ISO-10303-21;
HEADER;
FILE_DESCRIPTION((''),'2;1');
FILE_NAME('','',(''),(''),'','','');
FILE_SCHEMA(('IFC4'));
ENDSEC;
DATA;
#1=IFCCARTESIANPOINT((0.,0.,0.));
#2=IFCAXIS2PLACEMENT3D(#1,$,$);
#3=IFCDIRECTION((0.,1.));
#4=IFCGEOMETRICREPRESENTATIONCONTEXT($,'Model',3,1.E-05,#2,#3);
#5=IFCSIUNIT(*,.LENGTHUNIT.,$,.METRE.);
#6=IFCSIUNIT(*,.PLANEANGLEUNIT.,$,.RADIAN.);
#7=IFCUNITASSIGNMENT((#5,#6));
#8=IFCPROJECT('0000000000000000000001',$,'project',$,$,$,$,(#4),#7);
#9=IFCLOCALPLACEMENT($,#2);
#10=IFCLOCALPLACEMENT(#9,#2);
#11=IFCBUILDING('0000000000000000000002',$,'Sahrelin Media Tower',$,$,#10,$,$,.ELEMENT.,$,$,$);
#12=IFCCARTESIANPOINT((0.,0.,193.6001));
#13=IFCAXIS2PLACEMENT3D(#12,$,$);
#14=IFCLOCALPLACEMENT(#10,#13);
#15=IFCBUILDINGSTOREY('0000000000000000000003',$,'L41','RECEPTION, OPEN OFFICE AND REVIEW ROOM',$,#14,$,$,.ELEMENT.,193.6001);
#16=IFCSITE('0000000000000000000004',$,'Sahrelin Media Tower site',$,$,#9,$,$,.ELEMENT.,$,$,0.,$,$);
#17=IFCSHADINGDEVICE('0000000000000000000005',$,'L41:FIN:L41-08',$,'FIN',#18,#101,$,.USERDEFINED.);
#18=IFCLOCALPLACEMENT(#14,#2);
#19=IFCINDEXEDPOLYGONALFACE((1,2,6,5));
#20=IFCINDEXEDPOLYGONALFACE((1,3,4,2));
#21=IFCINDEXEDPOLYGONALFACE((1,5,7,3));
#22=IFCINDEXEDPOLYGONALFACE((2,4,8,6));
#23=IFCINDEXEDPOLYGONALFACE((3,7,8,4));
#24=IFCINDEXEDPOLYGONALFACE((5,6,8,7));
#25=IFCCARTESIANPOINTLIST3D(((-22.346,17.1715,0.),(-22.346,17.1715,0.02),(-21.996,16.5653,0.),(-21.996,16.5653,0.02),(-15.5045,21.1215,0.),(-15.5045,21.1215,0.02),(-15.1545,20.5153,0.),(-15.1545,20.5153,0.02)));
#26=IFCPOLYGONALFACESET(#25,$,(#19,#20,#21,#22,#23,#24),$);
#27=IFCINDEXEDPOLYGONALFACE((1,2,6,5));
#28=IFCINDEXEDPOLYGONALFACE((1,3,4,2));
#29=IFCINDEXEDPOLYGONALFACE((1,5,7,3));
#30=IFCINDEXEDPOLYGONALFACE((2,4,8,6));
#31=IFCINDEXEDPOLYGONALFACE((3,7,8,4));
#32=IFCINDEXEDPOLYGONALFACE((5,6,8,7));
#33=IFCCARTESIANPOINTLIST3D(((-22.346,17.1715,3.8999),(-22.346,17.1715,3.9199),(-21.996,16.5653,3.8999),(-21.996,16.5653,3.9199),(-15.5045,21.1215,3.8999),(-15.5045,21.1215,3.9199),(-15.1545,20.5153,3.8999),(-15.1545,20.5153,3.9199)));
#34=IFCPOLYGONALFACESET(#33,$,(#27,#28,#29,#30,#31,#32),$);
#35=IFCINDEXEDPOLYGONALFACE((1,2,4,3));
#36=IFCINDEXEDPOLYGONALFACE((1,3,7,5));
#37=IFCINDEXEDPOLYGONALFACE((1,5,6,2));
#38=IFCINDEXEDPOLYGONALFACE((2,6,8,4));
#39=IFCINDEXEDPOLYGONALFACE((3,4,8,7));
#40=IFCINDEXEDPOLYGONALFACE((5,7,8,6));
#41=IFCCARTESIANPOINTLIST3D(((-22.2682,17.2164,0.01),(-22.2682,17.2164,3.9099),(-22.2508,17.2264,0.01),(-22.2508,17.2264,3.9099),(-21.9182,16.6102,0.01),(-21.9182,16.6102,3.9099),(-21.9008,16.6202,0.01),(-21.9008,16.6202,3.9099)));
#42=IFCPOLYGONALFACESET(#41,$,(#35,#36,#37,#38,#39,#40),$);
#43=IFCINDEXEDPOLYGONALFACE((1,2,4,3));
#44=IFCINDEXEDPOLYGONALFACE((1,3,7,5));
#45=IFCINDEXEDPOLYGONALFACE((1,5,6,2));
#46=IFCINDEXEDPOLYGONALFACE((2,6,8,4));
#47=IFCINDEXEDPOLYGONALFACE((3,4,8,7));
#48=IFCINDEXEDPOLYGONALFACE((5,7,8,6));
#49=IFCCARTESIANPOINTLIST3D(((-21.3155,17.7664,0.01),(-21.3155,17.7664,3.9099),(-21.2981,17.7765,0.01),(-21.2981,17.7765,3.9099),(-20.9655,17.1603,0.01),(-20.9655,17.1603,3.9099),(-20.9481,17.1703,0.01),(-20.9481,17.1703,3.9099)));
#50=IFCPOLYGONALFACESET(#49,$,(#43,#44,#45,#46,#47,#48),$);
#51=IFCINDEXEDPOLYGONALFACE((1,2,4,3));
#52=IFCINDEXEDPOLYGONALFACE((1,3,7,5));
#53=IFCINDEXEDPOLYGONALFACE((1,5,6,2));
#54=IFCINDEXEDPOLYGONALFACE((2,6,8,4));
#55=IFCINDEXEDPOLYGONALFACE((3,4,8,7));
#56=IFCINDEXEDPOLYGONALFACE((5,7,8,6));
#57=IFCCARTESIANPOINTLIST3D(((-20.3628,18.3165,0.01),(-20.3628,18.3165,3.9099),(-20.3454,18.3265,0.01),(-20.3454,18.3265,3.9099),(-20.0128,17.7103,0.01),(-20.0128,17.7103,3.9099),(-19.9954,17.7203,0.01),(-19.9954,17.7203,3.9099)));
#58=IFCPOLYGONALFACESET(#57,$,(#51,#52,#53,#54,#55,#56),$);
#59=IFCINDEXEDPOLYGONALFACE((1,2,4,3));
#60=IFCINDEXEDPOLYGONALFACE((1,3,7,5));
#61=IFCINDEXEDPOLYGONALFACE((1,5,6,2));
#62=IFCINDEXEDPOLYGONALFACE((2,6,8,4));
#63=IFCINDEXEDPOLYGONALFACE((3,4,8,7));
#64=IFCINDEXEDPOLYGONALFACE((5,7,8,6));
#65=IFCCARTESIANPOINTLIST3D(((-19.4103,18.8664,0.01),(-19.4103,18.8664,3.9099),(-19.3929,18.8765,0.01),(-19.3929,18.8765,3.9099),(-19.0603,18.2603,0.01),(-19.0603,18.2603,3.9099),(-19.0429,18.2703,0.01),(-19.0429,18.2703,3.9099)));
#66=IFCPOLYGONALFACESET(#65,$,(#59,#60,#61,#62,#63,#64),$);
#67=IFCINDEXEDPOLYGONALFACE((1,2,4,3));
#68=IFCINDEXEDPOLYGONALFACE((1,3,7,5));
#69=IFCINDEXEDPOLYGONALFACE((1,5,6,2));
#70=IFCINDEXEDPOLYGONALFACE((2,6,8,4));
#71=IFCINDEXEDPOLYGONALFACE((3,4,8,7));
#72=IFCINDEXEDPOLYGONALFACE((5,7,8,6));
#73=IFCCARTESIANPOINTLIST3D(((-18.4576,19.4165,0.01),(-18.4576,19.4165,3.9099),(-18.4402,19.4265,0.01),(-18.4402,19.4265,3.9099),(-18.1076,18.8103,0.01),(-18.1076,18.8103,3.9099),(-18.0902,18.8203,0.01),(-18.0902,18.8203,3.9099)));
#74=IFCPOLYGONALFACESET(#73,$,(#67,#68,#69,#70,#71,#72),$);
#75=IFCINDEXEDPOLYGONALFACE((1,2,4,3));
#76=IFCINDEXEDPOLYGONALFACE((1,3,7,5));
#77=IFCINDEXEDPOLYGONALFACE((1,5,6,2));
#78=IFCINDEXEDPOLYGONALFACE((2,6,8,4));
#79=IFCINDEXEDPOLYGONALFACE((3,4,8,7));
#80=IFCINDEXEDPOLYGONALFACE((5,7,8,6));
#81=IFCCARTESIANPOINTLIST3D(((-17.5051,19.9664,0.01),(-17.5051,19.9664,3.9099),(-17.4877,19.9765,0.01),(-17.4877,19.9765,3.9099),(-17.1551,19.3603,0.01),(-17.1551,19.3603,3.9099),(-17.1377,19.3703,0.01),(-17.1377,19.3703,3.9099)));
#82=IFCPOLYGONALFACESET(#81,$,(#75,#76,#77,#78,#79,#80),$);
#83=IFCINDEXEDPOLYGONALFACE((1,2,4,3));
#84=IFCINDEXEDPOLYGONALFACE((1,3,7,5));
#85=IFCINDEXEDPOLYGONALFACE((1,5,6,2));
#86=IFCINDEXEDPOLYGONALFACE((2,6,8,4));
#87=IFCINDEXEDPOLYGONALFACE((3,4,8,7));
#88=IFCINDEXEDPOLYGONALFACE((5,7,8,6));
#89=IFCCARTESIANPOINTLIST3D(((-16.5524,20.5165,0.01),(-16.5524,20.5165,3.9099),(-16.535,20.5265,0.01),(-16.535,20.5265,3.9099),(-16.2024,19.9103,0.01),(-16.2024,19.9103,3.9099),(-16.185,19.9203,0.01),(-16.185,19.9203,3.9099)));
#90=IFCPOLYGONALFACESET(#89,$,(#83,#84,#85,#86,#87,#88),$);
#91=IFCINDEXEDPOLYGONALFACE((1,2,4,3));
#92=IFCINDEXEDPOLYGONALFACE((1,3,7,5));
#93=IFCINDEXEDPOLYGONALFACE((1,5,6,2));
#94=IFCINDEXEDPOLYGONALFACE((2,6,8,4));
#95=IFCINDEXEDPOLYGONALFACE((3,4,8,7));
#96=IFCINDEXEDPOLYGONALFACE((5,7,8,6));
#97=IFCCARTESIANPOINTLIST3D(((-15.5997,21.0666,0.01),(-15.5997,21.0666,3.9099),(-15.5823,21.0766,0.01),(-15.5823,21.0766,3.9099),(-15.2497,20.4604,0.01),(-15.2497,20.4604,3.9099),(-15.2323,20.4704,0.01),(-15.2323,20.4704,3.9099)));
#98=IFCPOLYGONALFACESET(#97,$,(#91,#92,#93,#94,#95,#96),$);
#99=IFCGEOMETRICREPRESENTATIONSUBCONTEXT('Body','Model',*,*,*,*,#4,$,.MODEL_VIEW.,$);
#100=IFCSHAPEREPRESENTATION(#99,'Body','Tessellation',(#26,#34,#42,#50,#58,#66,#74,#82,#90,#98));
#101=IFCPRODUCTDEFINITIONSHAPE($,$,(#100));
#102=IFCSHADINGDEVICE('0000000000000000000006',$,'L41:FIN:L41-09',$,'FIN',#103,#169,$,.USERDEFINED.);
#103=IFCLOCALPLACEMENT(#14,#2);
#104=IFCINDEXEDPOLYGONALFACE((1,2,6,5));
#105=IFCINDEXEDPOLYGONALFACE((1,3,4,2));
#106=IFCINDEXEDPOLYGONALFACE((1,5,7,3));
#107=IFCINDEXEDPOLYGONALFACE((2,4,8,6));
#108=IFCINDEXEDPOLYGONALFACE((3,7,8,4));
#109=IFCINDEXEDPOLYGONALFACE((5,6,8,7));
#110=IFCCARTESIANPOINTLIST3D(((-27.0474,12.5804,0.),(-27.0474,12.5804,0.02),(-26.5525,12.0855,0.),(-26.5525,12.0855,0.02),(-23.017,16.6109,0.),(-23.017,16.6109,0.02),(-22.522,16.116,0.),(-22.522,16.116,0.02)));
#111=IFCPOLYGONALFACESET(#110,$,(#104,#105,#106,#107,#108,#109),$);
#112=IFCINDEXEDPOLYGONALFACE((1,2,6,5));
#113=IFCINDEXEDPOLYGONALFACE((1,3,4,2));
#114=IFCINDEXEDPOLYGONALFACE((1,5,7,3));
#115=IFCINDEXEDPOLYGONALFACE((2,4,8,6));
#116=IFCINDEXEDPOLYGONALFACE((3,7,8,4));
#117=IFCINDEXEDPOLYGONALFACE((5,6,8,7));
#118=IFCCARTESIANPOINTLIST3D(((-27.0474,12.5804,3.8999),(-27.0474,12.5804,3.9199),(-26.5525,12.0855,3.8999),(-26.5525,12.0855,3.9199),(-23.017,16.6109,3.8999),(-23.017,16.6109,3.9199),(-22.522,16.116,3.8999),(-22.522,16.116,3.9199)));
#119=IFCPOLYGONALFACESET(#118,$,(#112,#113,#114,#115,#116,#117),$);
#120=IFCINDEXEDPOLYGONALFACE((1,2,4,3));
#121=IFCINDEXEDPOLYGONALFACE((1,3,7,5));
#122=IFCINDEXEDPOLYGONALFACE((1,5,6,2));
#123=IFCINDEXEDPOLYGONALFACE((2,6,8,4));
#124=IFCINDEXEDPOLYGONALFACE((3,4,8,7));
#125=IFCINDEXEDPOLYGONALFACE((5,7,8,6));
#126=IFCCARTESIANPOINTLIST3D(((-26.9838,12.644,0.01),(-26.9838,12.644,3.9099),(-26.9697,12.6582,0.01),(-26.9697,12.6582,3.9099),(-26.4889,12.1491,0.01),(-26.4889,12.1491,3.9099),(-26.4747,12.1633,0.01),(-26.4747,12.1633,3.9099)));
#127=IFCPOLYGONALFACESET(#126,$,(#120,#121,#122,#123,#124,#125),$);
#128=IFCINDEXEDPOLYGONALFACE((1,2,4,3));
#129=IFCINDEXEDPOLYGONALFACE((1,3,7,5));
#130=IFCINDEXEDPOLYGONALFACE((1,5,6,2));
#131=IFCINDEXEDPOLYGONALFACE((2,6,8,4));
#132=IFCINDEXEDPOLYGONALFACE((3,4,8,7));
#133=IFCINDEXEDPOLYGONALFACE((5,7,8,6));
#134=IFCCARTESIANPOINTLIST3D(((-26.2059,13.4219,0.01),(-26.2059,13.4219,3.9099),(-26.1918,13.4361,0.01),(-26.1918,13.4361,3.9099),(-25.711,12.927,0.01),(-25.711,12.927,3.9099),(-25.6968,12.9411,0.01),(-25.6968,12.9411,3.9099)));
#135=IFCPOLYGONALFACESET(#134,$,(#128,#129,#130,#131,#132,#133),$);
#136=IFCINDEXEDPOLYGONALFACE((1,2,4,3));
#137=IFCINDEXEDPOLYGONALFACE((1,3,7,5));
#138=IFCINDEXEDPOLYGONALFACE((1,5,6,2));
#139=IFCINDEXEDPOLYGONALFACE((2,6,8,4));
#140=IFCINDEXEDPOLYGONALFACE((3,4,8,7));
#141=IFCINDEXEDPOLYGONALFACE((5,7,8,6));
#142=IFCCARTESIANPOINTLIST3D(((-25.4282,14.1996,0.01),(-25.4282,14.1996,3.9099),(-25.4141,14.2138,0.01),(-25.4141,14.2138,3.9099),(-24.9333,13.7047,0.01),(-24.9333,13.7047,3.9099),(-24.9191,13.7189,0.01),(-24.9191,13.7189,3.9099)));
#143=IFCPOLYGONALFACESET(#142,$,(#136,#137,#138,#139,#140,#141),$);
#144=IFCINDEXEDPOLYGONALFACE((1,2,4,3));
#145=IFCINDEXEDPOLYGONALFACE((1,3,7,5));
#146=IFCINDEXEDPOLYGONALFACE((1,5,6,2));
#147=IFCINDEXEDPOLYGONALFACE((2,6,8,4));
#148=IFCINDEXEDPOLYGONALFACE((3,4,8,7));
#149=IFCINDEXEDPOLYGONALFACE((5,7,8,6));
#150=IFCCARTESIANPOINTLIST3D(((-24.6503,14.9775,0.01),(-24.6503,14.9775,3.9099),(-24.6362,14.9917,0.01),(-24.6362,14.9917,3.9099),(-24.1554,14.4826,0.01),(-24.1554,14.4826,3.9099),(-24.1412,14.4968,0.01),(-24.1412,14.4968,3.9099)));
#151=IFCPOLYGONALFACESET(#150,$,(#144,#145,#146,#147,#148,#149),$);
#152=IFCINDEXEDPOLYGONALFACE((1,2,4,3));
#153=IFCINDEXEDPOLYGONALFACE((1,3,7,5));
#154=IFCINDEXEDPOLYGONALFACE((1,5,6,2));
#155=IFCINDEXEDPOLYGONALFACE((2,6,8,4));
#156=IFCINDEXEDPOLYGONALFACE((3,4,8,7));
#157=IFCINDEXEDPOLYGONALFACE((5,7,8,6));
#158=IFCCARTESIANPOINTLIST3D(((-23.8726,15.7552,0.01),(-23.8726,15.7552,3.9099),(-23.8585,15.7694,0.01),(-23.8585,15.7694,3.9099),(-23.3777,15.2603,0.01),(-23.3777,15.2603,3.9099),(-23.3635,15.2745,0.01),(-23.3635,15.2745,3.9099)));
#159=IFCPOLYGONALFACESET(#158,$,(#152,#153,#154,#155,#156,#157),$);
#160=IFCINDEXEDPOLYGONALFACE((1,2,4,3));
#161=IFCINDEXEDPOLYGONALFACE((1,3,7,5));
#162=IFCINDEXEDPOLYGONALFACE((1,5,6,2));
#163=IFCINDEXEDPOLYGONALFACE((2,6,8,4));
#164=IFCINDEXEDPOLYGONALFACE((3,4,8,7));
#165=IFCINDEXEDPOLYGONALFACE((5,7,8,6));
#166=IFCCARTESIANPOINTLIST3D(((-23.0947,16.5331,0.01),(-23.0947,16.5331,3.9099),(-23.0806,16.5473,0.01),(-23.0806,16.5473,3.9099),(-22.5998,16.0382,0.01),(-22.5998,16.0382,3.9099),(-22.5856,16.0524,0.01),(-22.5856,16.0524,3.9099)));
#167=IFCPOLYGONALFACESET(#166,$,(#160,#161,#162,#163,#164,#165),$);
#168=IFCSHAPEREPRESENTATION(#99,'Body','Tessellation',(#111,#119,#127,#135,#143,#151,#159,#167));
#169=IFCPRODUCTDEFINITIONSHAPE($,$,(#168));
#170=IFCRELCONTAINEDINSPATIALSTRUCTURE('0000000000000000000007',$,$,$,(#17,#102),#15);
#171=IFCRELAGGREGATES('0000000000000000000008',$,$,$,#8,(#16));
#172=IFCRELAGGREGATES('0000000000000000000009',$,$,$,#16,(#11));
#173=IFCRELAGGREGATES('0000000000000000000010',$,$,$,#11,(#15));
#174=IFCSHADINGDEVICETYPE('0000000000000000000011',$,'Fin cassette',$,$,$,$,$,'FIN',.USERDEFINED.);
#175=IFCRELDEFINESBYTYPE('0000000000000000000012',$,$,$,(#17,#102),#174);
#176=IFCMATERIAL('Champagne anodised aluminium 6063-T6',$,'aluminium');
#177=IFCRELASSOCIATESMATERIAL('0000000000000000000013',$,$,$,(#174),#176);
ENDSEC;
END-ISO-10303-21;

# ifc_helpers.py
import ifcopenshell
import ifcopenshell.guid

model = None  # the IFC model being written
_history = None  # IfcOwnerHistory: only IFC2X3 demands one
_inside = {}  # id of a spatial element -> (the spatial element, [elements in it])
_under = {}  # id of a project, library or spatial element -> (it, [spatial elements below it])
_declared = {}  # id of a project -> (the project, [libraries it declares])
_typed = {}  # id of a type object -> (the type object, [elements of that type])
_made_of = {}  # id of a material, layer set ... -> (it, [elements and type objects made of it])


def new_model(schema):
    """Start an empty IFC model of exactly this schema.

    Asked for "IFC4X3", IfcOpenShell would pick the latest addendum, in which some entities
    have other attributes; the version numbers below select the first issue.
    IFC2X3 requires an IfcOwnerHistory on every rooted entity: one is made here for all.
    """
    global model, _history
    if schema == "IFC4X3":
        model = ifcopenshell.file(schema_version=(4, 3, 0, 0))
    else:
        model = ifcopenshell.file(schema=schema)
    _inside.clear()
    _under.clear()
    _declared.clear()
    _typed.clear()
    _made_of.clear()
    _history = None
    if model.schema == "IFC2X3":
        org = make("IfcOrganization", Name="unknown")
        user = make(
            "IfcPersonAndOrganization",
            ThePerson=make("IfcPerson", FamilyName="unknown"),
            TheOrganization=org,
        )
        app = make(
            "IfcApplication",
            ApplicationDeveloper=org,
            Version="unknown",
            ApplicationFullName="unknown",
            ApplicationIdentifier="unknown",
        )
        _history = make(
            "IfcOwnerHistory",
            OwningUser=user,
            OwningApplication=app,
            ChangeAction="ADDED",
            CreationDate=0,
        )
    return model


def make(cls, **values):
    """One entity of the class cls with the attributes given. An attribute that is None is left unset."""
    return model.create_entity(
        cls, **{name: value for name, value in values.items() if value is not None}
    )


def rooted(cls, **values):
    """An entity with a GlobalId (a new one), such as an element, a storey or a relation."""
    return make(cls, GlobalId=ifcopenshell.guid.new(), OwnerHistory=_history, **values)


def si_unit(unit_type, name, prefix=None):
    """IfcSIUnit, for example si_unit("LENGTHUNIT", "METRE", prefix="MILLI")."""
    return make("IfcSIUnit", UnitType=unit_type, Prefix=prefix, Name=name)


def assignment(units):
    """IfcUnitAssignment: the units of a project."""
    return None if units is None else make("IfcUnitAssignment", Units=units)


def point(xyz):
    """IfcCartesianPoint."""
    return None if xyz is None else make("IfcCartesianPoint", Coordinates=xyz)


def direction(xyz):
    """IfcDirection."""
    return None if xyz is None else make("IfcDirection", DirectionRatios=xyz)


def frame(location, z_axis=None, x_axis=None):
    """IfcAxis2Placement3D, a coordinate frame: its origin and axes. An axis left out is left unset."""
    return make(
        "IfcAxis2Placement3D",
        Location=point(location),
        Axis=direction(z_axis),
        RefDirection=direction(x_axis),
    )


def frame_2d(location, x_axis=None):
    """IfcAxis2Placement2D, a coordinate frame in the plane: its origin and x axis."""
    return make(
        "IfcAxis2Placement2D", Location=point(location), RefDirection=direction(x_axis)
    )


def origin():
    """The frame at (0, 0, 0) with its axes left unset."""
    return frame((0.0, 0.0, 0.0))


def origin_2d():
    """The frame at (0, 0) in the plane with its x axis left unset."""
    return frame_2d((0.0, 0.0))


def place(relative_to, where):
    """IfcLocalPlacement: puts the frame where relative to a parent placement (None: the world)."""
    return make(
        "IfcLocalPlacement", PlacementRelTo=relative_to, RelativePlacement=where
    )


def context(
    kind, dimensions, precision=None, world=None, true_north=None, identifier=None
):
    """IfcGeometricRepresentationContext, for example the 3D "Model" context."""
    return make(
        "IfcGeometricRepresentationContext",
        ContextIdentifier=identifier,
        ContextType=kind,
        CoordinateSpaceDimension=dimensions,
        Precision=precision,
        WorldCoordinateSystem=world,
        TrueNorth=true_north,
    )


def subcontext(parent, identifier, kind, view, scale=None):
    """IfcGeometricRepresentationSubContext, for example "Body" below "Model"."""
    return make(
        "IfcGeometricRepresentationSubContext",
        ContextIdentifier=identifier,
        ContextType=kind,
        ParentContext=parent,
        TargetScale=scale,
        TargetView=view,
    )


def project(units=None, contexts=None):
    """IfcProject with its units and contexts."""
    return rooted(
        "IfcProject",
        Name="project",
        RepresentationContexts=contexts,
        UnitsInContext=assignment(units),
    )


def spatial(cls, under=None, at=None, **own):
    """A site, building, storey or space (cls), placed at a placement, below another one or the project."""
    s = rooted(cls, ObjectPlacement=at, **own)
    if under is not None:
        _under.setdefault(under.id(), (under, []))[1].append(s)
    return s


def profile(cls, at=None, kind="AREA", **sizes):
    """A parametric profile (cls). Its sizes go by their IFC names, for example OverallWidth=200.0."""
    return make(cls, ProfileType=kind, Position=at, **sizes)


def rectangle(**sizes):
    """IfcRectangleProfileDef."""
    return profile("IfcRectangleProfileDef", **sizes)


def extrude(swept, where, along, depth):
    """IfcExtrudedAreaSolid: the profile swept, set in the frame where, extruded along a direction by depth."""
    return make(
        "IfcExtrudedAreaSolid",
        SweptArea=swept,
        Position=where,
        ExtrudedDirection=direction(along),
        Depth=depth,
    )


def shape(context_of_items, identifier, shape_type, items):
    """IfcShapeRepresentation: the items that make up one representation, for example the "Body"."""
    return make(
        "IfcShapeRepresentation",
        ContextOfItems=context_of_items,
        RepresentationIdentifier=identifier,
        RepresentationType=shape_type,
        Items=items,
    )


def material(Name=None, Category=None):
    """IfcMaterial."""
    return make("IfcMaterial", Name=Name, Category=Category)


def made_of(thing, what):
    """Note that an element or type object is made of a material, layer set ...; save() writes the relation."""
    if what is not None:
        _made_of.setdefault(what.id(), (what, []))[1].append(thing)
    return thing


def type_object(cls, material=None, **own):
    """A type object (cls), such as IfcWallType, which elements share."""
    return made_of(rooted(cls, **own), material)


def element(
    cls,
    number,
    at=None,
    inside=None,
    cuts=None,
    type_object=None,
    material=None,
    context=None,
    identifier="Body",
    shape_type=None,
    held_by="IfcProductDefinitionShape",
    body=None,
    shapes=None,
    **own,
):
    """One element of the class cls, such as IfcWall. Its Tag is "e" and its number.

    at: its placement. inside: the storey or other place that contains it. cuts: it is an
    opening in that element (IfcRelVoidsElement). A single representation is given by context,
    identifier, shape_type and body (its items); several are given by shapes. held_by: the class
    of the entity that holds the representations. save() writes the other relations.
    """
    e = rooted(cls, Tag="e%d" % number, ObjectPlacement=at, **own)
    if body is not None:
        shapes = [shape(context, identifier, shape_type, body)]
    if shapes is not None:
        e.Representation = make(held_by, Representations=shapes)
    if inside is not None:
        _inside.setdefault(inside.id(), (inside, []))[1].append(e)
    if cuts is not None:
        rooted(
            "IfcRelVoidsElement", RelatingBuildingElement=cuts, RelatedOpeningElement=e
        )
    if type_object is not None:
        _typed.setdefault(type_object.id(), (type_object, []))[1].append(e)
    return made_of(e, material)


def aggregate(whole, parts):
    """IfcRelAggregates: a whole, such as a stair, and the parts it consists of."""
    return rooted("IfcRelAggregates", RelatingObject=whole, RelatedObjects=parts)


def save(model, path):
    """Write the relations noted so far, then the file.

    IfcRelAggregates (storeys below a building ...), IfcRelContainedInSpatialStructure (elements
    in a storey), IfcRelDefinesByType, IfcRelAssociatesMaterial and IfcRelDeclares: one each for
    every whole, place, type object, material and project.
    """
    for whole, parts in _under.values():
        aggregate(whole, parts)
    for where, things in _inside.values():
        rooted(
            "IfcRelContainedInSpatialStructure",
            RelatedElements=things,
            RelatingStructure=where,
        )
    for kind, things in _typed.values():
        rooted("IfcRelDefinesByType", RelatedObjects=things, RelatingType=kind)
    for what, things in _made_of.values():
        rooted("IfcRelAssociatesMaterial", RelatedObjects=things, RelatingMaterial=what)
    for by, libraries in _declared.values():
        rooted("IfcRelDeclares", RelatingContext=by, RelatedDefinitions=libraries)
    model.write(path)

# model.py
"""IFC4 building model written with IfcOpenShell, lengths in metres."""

from ifc_helpers import new_model, si_unit, direction, frame, origin, origin_2d, place, context, subcontext, project, spatial, rectangle, extrude, material, type_object, element, save


model = new_model("IFC4")

# Units and contexts
model_context = context("Model", 3, precision=1e-05, world=origin(), true_north=direction((0.0, 1.0)))
body_context = subcontext(model_context, "Body", "Model", "MODEL_VIEW")
ifc_project = project(units=[si_unit("LENGTHUNIT", "METRE"), si_unit("PLANEANGLEUNIT", "RADIAN")], contexts=[model_context])

# Site, building, storey
site_placement = place(None, origin())
site = spatial("IfcSite", under=ifc_project, at=site_placement, Name="Sahrelin Media Tower site", CompositionType="ELEMENT", RefElevation=0.0)
building_placement = place(site_placement, origin())
building = spatial("IfcBuilding", under=site, at=building_placement, Name="Sahrelin Media Tower", CompositionType="ELEMENT")
storey_placement = place(building_placement, frame((0.0, 0.0, 193.6001)))
storey = spatial("IfcBuildingStorey", under=building, at=storey_placement, Name="L41", Description="RECEPTION, OPEN OFFICE AND REVIEW ROOM", CompositionType="ELEMENT", Elevation=193.6001)

# Shared definitions
ifc_material_1 = material(Name="Champagne anodised aluminium 6063-T6", Category="aluminium")

# Shading devices
shading_device_type_1 = type_object("IfcShadingDeviceType", Name="Fin cassette", ElementType="FIN", PredefinedType="USERDEFINED", material=ifc_material_1)
placement_1 = place(storey_placement, frame((-18.5403, 18.4797, 0.0), z_axis=(0.0, 0.0, 1.0), x_axis=(0.866019, 0.500011, 0.0)))
element("IfcShadingDevice", 1, at=placement_1, inside=storey, type_object=shading_device_type_1, Name="L41:FIN:L41-08", ObjectType="FIN", PredefinedType="USERDEFINED", context=body_context, shape_type="SweptSolid", body=[
    extrude(rectangle(XDim=7.8999, YDim=0.7, at=origin_2d()), frame((0.0, 0.4199, 0.0)), (0.0, 0.0, 1.0), 0.02),
    extrude(rectangle(XDim=7.8999, YDim=0.7, at=origin_2d()), frame((0.0, 0.4199, 3.8999)), (0.0, 0.0, 1.0), 0.02),
    extrude(rectangle(XDim=0.02, YDim=0.7, at=origin_2d()), frame((-3.8501, 0.4199, 0.01), z_axis=(0.0, 0.0, 1.0), x_axis=(1.0, 0.0, 0.0)), (0.0, 0.0, 1.0), 3.8999),
    extrude(rectangle(XDim=0.02, YDim=0.7, at=origin_2d()), frame((-2.75, 0.4199, 0.01), z_axis=(0.0, 0.0, 1.0), x_axis=(1.0, 0.0, 0.0)), (0.0, 0.0, 1.0), 3.8999),
    extrude(rectangle(XDim=0.02, YDim=0.7, at=origin_2d()), frame((-1.6499, 0.4199, 0.01), z_axis=(0.0, 0.0, 1.0), x_axis=(1.0, 0.0, 0.0)), (0.0, 0.0, 1.0), 3.8999),
    extrude(rectangle(XDim=0.02, YDim=0.7, at=origin_2d()), frame((-0.55, 0.4199, 0.01), z_axis=(0.0, 0.0, 1.0), x_axis=(1.0, 0.0, 0.0)), (0.0, 0.0, 1.0), 3.8999),
    extrude(rectangle(XDim=0.02, YDim=0.7, at=origin_2d()), frame((0.55, 0.4199, 0.01), z_axis=(0.0, 0.0, 1.0), x_axis=(1.0, 0.0, 0.0)), (0.0, 0.0, 1.0), 3.8999),
    extrude(rectangle(XDim=0.02, YDim=0.7, at=origin_2d()), frame((1.6499, 0.4199, 0.01), z_axis=(0.0, 0.0, 1.0), x_axis=(1.0, 0.0, 0.0)), (0.0, 0.0, 1.0), 3.8999),
    extrude(rectangle(XDim=0.02, YDim=0.7, at=origin_2d()), frame((2.75, 0.4199, 0.01), z_axis=(0.0, 0.0, 1.0), x_axis=(1.0, 0.0, 0.0)), (0.0, 0.0, 1.0), 3.8999),
    extrude(rectangle(XDim=0.02, YDim=0.7, at=origin_2d()), frame((3.8501, 0.4199, 0.01), z_axis=(0.0, 0.0, 1.0), x_axis=(1.0, 0.0, 0.0)), (0.0, 0.0, 1.0), 3.8999),
])
placement_2 = place(storey_placement, frame((-24.4878, 14.0513, 0.0), z_axis=(0.0, 0.0, 1.0), x_axis=(0.707107, 0.707107, 0.0)))
element("IfcShadingDevice", 2, at=placement_2, inside=storey, type_object=shading_device_type_1, Name="L41:FIN:L41-09", ObjectType="FIN", PredefinedType="USERDEFINED", context=body_context, shape_type="SweptSolid", body=[
    extrude(rectangle(XDim=5.7, YDim=0.7, at=origin_2d()), frame((0.0, 0.4199, 0.0)), (0.0, 0.0, 1.0), 0.02),
    extrude(rectangle(XDim=5.7, YDim=0.7, at=origin_2d()), frame((0.0, 0.4199, 3.8999)), (0.0, 0.0, 1.0), 0.02),
    extrude(rectangle(XDim=0.02, YDim=0.7, at=origin_2d()), frame((-2.75, 0.4199, 0.01), z_axis=(0.0, 0.0, 1.0), x_axis=(1.0, 0.0, 0.0)), (0.0, 0.0, 1.0), 3.8999),
    extrude(rectangle(XDim=0.02, YDim=0.7, at=origin_2d()), frame((-1.6499, 0.4199, 0.01), z_axis=(0.0, 0.0, 1.0), x_axis=(1.0, 0.0, 0.0)), (0.0, 0.0, 1.0), 3.8999),
    extrude(rectangle(XDim=0.02, YDim=0.7, at=origin_2d()), frame((-0.55, 0.4199, 0.01), z_axis=(0.0, 0.0, 1.0), x_axis=(1.0, 0.0, 0.0)), (0.0, 0.0, 1.0), 3.8999),
    extrude(rectangle(XDim=0.02, YDim=0.7, at=origin_2d()), frame((0.55, 0.4199, 0.01), z_axis=(0.0, 0.0, 1.0), x_axis=(1.0, 0.0, 0.0)), (0.0, 0.0, 1.0), 3.8999),
    extrude(rectangle(XDim=0.02, YDim=0.7, at=origin_2d()), frame((1.6499, 0.4199, 0.01), z_axis=(0.0, 0.0, 1.0), x_axis=(1.0, 0.0, 0.0)), (0.0, 0.0, 1.0), 3.8999),
    extrude(rectangle(XDim=0.02, YDim=0.7, at=origin_2d()), frame((2.75, 0.4199, 0.01), z_axis=(0.0, 0.0, 1.0), x_axis=(1.0, 0.0, 0.0)), (0.0, 0.0, 1.0), 3.8999),
])

save(model, "model.ifc")
